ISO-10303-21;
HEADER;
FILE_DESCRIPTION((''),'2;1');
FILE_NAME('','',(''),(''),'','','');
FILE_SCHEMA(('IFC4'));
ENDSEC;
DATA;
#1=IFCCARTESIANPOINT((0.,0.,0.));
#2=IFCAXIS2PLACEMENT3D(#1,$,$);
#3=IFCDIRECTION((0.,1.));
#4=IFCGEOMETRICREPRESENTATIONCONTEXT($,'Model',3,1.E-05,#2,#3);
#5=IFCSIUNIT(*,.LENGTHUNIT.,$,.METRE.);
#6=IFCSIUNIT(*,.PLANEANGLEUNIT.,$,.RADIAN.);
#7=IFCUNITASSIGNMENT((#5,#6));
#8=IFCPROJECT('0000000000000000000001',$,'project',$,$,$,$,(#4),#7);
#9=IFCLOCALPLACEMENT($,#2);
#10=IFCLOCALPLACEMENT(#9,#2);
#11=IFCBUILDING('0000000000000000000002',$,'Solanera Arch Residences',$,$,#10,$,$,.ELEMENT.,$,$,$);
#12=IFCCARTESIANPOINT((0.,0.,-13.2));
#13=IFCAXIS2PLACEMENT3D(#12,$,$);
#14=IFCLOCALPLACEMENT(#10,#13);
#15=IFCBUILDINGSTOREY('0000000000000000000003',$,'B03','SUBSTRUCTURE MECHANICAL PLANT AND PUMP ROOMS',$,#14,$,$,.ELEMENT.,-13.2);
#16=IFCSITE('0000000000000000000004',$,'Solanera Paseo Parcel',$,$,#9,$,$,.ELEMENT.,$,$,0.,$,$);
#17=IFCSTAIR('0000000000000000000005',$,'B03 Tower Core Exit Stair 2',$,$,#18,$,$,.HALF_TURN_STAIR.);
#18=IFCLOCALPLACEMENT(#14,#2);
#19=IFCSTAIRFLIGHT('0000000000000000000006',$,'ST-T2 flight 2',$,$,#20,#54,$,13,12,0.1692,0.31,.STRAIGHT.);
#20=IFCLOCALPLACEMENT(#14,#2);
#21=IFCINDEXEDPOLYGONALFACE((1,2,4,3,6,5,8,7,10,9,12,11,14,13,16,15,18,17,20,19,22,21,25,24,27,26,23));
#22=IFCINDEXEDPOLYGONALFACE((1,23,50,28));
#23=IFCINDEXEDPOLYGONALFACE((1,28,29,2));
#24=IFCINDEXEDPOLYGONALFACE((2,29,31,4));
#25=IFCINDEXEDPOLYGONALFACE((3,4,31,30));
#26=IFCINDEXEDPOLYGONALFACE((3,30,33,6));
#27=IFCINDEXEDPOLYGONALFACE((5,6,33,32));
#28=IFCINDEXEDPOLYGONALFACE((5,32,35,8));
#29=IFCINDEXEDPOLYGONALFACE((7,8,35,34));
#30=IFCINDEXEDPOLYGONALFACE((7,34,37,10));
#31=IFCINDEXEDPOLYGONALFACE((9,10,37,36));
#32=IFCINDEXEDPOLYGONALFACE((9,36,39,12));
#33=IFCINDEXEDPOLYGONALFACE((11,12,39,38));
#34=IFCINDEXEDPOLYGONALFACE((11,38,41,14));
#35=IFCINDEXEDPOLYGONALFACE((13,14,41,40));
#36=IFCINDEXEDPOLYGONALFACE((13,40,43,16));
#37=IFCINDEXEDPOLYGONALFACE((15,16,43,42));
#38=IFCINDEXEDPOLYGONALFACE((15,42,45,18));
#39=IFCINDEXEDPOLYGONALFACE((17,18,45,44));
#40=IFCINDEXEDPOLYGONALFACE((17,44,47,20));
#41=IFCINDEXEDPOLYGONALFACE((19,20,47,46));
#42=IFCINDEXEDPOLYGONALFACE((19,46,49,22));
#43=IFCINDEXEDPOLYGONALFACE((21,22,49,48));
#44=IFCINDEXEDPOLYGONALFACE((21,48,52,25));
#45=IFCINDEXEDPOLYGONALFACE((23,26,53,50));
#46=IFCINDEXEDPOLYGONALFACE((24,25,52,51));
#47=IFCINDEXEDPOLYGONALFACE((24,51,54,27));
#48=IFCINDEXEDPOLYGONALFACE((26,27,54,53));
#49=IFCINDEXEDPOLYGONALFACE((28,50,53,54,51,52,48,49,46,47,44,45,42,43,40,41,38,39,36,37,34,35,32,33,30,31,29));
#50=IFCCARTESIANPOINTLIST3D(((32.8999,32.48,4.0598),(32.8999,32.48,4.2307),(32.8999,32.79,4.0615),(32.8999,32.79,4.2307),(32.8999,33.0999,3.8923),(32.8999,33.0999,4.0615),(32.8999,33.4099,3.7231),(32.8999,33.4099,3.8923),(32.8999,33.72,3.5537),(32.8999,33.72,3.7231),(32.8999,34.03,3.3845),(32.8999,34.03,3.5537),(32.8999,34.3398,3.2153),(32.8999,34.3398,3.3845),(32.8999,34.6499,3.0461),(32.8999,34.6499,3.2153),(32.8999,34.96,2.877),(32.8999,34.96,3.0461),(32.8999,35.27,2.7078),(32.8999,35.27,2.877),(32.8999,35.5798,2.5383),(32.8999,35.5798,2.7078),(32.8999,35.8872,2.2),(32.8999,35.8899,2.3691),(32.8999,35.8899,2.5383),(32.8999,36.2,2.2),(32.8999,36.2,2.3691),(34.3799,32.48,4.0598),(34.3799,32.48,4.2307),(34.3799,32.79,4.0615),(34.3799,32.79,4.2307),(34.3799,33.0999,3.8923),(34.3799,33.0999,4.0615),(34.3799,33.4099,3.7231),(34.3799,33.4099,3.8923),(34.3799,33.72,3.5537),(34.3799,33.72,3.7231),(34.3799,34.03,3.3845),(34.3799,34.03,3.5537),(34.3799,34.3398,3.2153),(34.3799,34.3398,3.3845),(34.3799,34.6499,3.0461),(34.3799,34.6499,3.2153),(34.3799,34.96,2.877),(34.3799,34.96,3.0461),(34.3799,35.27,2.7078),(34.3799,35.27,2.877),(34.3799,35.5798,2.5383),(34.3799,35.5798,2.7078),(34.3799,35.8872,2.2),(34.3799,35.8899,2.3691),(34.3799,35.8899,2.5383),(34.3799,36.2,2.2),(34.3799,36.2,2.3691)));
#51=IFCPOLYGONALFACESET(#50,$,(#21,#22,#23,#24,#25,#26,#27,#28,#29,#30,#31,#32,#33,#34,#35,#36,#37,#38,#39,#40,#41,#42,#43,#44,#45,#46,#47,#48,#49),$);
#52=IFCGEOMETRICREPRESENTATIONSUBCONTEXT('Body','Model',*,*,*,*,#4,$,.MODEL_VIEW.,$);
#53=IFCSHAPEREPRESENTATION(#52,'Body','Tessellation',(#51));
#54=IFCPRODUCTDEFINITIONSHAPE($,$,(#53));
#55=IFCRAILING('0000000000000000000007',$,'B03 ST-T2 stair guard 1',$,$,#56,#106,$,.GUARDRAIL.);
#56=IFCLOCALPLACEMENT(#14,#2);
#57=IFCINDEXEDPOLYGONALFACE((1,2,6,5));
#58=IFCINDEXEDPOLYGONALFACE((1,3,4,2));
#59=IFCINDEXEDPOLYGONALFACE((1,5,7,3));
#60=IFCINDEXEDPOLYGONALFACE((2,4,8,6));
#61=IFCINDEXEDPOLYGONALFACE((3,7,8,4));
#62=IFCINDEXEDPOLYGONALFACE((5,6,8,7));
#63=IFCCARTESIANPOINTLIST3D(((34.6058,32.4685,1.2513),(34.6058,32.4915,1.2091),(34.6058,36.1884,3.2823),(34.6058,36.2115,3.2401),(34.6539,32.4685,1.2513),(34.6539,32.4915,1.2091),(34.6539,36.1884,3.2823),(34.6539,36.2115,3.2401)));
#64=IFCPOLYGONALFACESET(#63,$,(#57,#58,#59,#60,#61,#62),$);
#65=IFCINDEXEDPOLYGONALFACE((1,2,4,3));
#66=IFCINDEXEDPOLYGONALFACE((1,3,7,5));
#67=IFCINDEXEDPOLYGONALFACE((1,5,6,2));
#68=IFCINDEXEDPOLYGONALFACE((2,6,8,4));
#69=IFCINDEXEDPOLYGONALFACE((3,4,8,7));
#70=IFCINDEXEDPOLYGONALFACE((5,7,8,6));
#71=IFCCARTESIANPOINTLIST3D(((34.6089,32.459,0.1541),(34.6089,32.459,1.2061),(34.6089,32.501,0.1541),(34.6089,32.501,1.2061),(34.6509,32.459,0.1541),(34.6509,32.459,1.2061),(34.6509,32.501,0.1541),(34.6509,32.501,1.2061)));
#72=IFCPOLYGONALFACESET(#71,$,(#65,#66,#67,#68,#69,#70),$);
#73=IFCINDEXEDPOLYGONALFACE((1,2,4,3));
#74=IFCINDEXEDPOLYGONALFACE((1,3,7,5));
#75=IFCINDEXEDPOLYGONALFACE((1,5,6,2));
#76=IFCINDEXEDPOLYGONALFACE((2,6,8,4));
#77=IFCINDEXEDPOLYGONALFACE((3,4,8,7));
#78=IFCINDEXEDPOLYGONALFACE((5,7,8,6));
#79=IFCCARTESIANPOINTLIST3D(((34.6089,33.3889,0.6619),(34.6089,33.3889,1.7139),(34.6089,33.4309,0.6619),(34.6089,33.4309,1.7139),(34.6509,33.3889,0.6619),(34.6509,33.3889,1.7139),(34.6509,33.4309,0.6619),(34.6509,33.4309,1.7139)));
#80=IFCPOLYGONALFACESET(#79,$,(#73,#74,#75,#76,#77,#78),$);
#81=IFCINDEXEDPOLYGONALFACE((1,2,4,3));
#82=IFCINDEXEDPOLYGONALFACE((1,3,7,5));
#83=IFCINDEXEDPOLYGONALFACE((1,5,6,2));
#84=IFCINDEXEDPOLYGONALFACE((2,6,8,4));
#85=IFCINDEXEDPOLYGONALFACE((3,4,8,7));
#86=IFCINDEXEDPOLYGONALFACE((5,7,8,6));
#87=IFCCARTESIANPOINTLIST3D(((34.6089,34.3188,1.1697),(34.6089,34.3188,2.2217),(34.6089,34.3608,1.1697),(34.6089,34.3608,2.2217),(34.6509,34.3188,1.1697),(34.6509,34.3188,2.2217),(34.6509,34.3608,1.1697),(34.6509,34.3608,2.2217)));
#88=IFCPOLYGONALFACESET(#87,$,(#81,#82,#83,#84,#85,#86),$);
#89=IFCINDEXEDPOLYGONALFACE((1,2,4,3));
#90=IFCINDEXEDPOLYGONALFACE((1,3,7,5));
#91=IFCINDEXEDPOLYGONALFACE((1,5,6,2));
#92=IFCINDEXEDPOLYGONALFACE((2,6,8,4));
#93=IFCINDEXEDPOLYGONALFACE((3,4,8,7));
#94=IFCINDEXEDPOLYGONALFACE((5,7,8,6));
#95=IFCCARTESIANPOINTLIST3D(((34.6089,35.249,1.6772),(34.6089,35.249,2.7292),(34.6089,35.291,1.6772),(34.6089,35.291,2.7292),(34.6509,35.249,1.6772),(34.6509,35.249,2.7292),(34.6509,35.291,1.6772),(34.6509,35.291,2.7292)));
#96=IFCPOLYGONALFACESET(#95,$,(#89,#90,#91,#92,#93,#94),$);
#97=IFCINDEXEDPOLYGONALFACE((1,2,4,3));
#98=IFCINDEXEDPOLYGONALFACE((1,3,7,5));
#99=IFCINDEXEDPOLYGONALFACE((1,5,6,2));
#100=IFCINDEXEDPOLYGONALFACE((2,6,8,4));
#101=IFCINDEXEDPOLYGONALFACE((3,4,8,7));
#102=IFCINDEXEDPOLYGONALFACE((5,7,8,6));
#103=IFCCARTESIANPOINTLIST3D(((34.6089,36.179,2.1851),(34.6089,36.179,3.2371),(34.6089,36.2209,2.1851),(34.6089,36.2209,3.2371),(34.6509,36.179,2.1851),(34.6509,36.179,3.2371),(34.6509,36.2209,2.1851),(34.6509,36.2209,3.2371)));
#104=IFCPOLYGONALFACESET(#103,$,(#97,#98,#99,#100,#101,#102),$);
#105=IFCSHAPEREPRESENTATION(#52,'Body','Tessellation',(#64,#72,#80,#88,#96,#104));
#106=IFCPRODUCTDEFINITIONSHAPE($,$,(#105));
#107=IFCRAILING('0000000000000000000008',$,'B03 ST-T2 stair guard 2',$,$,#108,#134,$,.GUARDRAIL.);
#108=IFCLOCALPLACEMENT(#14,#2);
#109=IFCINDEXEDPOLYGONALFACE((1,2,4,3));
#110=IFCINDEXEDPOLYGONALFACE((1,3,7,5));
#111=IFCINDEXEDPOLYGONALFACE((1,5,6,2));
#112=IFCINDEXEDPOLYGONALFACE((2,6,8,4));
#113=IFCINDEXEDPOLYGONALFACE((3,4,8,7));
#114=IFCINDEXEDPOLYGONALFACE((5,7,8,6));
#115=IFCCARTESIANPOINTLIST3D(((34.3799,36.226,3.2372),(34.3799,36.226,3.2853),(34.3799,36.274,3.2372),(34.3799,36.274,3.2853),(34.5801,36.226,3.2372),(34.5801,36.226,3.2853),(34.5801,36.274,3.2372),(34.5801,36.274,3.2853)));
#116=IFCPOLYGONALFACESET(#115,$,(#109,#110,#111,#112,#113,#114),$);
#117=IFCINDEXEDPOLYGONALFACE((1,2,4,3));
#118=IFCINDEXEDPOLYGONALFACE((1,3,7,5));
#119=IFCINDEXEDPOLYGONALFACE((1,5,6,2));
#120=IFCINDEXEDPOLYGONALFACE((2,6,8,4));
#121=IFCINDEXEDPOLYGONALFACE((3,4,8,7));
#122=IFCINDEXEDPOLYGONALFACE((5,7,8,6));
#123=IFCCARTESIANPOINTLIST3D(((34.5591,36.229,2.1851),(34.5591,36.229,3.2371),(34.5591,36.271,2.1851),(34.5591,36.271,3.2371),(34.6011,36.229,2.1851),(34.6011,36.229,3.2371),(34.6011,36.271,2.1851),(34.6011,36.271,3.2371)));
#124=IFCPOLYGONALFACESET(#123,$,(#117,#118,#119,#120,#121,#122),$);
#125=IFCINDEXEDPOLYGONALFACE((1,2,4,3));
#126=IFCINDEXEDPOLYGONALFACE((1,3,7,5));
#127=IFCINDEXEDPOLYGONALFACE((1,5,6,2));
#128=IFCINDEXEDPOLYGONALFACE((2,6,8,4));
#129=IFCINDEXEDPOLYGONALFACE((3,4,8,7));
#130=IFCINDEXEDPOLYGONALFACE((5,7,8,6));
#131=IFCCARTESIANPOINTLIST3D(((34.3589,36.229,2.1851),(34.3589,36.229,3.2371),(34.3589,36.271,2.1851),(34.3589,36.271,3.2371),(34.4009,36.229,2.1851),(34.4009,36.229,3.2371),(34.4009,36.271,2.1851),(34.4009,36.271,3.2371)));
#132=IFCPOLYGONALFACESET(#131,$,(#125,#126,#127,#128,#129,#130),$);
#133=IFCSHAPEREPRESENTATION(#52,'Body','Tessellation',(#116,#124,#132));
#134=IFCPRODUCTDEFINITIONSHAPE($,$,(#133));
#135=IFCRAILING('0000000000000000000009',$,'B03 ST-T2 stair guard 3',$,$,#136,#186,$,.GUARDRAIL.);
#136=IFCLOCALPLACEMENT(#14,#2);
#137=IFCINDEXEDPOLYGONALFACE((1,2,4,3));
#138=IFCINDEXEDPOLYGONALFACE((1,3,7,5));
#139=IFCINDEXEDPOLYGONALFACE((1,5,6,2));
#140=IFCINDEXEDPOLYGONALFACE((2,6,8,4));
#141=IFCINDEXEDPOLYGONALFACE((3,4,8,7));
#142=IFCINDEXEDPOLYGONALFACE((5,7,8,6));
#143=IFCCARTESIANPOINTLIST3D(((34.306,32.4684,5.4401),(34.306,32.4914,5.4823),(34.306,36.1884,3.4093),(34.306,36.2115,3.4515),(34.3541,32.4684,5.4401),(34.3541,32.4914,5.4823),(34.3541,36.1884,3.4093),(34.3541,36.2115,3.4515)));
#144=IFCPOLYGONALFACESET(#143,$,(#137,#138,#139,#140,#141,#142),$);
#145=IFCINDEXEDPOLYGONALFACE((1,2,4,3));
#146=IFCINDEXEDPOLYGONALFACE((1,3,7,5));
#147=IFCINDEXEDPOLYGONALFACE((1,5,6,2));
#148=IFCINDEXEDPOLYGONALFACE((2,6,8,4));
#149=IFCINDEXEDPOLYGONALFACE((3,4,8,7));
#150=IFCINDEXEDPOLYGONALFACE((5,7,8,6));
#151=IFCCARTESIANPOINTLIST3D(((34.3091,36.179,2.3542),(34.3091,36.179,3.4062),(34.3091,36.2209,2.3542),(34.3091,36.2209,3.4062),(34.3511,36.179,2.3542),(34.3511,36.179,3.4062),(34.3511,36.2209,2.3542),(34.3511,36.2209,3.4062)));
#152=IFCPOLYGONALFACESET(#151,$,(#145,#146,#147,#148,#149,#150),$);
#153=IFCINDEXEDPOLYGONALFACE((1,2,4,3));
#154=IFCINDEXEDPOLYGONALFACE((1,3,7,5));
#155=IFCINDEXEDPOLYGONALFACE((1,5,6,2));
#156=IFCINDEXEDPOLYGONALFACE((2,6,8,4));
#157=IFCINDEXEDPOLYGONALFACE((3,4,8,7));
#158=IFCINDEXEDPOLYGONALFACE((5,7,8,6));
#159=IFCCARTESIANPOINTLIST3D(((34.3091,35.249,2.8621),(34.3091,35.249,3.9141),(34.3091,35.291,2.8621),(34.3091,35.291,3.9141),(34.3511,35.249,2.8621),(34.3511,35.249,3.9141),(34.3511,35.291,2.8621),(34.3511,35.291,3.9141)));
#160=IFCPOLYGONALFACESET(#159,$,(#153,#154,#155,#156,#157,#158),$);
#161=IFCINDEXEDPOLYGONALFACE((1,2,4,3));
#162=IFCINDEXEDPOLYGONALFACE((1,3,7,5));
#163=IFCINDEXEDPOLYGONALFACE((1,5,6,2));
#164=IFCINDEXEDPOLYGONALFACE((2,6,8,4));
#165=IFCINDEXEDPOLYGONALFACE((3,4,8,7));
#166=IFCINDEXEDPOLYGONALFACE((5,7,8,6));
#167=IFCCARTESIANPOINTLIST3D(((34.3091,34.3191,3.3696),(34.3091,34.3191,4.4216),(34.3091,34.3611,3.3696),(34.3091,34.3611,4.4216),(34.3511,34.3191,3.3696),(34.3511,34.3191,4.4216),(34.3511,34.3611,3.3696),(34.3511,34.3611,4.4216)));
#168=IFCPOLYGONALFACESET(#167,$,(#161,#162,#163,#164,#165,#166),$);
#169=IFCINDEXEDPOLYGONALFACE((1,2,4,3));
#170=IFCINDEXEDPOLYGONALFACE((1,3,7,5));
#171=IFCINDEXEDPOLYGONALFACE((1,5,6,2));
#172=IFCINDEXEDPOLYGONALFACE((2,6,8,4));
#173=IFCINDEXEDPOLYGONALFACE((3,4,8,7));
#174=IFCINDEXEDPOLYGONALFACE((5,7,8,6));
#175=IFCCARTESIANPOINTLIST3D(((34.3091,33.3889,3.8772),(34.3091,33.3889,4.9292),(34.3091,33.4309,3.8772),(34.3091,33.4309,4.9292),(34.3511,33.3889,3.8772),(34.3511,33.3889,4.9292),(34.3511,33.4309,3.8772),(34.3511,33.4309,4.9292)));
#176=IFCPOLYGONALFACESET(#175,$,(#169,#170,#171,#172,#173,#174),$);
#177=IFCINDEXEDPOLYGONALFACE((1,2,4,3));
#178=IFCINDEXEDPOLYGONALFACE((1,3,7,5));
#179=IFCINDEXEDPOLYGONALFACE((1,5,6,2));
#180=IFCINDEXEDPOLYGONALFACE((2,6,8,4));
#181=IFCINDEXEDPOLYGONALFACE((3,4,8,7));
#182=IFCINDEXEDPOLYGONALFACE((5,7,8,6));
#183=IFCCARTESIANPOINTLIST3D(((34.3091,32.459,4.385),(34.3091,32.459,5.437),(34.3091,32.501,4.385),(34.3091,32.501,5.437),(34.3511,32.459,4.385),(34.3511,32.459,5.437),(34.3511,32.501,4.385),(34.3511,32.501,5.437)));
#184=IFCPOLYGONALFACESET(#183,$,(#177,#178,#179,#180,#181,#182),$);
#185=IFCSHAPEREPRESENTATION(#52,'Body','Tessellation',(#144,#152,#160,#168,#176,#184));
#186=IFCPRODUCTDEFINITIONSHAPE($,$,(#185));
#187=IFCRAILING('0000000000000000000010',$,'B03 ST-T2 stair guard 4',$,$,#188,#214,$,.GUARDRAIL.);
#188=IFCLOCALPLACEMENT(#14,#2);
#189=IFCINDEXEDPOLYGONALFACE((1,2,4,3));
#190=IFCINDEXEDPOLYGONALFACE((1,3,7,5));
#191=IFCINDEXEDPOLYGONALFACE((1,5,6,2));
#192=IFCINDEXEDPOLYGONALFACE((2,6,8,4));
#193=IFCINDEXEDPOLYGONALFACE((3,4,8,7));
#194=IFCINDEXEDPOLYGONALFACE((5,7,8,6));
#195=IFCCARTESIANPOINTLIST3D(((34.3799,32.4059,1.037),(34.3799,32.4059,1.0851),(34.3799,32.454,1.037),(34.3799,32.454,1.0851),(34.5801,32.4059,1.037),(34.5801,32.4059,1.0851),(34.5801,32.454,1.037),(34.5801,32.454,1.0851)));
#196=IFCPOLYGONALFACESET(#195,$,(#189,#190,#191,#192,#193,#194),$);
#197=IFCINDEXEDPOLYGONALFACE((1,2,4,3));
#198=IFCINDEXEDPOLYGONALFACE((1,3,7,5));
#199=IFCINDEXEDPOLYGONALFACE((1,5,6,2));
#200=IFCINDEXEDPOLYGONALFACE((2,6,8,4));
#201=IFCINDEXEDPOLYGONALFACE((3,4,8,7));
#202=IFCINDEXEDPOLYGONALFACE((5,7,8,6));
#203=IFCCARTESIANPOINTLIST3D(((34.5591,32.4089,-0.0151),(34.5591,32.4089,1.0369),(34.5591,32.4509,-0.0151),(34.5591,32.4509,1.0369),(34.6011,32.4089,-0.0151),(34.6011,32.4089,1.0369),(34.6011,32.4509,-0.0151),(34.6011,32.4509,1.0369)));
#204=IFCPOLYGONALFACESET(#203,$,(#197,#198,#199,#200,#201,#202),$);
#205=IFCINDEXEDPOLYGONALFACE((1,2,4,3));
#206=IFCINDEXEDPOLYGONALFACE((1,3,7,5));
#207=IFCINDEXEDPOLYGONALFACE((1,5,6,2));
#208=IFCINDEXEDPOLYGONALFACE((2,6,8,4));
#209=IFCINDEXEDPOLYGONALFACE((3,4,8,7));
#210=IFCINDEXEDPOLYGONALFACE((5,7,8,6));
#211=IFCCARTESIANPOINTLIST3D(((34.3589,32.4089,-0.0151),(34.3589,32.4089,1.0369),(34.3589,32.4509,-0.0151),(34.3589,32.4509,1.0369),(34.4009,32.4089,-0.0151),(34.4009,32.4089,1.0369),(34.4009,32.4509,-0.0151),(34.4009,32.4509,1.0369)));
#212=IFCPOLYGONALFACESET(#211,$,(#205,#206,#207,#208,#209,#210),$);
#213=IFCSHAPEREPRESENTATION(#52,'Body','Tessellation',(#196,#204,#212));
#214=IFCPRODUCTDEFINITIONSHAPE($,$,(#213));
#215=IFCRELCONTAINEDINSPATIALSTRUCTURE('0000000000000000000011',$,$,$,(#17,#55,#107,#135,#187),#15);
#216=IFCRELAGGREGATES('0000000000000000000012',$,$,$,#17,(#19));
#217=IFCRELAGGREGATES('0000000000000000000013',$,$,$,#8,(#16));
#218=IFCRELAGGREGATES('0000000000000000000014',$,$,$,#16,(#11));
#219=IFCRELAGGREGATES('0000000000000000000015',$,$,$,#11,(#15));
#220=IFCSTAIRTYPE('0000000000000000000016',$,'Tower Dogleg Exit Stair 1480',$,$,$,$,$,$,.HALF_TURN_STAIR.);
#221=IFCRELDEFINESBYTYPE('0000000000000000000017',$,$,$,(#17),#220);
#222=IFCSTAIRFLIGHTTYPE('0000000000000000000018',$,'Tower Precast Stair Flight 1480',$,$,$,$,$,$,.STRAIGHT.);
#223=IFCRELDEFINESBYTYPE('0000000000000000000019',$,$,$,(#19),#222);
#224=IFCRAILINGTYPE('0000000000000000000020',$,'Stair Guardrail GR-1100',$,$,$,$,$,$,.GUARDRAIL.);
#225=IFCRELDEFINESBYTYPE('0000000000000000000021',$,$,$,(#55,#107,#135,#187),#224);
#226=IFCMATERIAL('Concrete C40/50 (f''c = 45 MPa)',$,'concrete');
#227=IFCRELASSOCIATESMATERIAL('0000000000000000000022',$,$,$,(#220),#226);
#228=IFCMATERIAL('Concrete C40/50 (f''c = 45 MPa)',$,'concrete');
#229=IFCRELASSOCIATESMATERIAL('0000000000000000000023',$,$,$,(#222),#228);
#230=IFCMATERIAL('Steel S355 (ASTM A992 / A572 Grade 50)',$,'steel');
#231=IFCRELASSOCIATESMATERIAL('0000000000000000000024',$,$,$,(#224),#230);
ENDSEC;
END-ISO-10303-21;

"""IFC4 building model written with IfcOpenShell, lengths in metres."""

from ifc_helpers import new_model, si_unit, direction, frame, origin, origin_2d, place, context, subcontext, project, spatial, polyline, rectangle, outline, extrude, material, type_object, element, aggregate, save


model = new_model("IFC4")

# Units and contexts
model_context = context("Model", 3, precision=1e-05, world=origin(), true_north=direction((0.0, 1.0)))
body_context = subcontext(model_context, "Body", "Model", "MODEL_VIEW")
ifc_project = project(units=[si_unit("LENGTHUNIT", "METRE"), si_unit("PLANEANGLEUNIT", "RADIAN")], contexts=[model_context])

# Site, building, storey
site_placement = place(None, origin())
site = spatial("IfcSite", under=ifc_project, at=site_placement, Name="Solanera Paseo Parcel", CompositionType="ELEMENT", RefElevation=0.0)
building_placement = place(site_placement, origin())
building = spatial("IfcBuilding", under=site, at=building_placement, Name="Solanera Arch Residences", CompositionType="ELEMENT")
storey_placement = place(building_placement, frame((0.0, 0.0, -13.2)))
storey = spatial("IfcBuildingStorey", under=building, at=storey_placement, Name="B03", Description="SUBSTRUCTURE MECHANICAL PLANT AND PUMP ROOMS", CompositionType="ELEMENT", Elevation=-13.2)

# Stair, stair flight
ifc_material_1 = material(Name="Concrete C40/50 (f'c = 45 MPa)", Category="concrete")
stair_type = type_object("IfcStairType", Name="Tower Dogleg Exit Stair 1480", PredefinedType="HALF_TURN_STAIR", material=ifc_material_1)
stair_placement = place(storey_placement, origin())
stair = element("IfcStair", 1, at=stair_placement, inside=storey, type_object=stair_type, Name="B03 Tower Core Exit Stair 2", PredefinedType="HALF_TURN_STAIR")
ifc_material_2 = material(Name="Concrete C40/50 (f'c = 45 MPa)", Category="concrete")
stair_flight_type = type_object("IfcStairFlightType", Name="Tower Precast Stair Flight 1480", PredefinedType="STRAIGHT", material=ifc_material_2)
stair_flight_1_placement = place(storey_placement, frame((33.6399, 36.2, 2.2), z_axis=(0.0, 0.0, 1.0), x_axis=(0.0, -1.0, 0.0)))
stair_flight_1 = element("IfcStairFlight", 2, at=stair_flight_1_placement, type_object=stair_flight_type, Name="ST-T2 flight 2", NumberOfRisers=13, NumberOfTreads=12, PredefinedType="STRAIGHT", RiserHeight=0.1692, TreadLength=0.31, context=body_context, shape_type="SweptSolid", body=[
    extrude(outline(polyline([(0.0, 0.0), (0.0, 0.1692), (0.3101, 0.1692), (0.3101, 0.3384), (0.6201, 0.3384), (0.6201, 0.5078), (0.9299, 0.5078), (0.9299, 0.677), (1.24, 0.677), (1.24, 0.8462), (1.55, 0.8462), (1.55, 1.0154), (1.8601, 1.0154), (1.8601, 1.1846), (2.1699, 1.1846), (2.1699, 1.3538), (2.48, 1.3538), (2.48, 1.5232), (2.79, 1.5232), (2.79, 1.6924), (3.1001, 1.6924), (3.1001, 1.8616), (3.4099, 1.8616), (3.4099, 2.0308), (3.72, 2.0308), (3.72, 2.2), (3.72, 1.8599), (0.3127, 0.0), (0.0, 0.0)])), frame((0.0, 0.74, 0.0), z_axis=(0.0, -1.0, 0.0), x_axis=(1.0, 0.0, 0.0)), (0.0, 0.0, 1.0), 1.48),
])
aggregate(stair, [stair_flight_1])

# Railings
ifc_material_3 = material(Name="Steel S355 (ASTM A992 / A572 Grade 50)", Category="steel")
railing_type_1 = type_object("IfcRailingType", Name="Stair Guardrail GR-1100", PredefinedType="GUARDRAIL", material=ifc_material_3)
railing_1_placement = place(storey_placement, frame((34.6299, 32.48, 0.1541)))
element("IfcRailing", 3, at=railing_1_placement, inside=storey, type_object=railing_type_1, Name="B03 ST-T2 stair guard 1", PredefinedType="GUARDRAIL", context=body_context, shape_type="SweptSolid", body=[
    extrude(rectangle(XDim=0.0481, YDim=0.0481, at=origin_2d()), frame((0.0, 0.0, 1.0762), z_axis=(0.0, 0.877704, 0.479203), x_axis=(-1.0, 0.0, 0.0)), (0.0, 0.0, 1.0), 4.2383),
    extrude(rectangle(XDim=0.042, YDim=0.042, at=origin_2d()), origin(), (0.0, 0.0, 1.0), 1.052),
    extrude(rectangle(XDim=0.042, YDim=0.042, at=origin_2d()), frame((0.0, 0.9299, 0.5078)), (0.0, 0.0, 1.0), 1.052),
    extrude(rectangle(XDim=0.042, YDim=0.042, at=origin_2d()), frame((0.0, 1.8599, 1.0156)), (0.0, 0.0, 1.0), 1.052),
    extrude(rectangle(XDim=0.042, YDim=0.042, at=origin_2d()), frame((0.0, 2.79, 1.5232)), (0.0, 0.0, 1.0), 1.052),
    extrude(rectangle(XDim=0.042, YDim=0.042, at=origin_2d()), frame((0.0, 3.72, 2.031)), (0.0, 0.0, 1.0), 1.052),
])
railing_2_placement = place(storey_placement, frame((34.5801, 36.25, 2.1851)))
element("IfcRailing", 4, at=railing_2_placement, inside=storey, type_object=railing_type_1, Name="B03 ST-T2 stair guard 2", PredefinedType="GUARDRAIL", context=body_context, shape_type="SweptSolid", body=[
    extrude(rectangle(XDim=0.0481, YDim=0.0481, at=origin_2d()), frame((0.0, 0.0, 1.0762), z_axis=(-1.0, 0.0, 0.0), x_axis=(0.0, -1.0, 0.0)), (0.0, 0.0, 1.0), 0.2002),
    extrude(rectangle(XDim=0.042, YDim=0.042, at=origin_2d()), origin(), (0.0, 0.0, 1.0), 1.052),
    extrude(rectangle(XDim=0.042, YDim=0.042, at=origin_2d()), frame((-0.2002, 0.0, 0.0)), (0.0, 0.0, 1.0), 1.052),
])
railing_3_placement = place(storey_placement, frame((34.3301, 36.2, 2.3542)))
element("IfcRailing", 5, at=railing_3_placement, inside=storey, type_object=railing_type_1, Name="B03 ST-T2 stair guard 3", PredefinedType="GUARDRAIL", context=body_context, shape_type="SweptSolid", body=[
    extrude(rectangle(XDim=0.0481, YDim=0.0481, at=origin_2d()), frame((0.0, 0.0, 1.0762), z_axis=(0.0, -0.877728, 0.479159), x_axis=(1.0, 0.0, 0.0)), (0.0, 0.0, 1.0), 4.2383),
    extrude(rectangle(XDim=0.042, YDim=0.042, at=origin_2d()), origin(), (0.0, 0.0, 1.0), 1.052),
    extrude(rectangle(XDim=0.042, YDim=0.042, at=origin_2d()), frame((0.0, -0.9299, 0.5078)), (0.0, 0.0, 1.0), 1.052),
    extrude(rectangle(XDim=0.042, YDim=0.042, at=origin_2d()), frame((0.0, -1.8599, 1.0154)), (0.0, 0.0, 1.0), 1.052),
    extrude(rectangle(XDim=0.042, YDim=0.042, at=origin_2d()), frame((0.0, -2.79, 1.5229)), (0.0, 0.0, 1.0), 1.052),
    extrude(rectangle(XDim=0.042, YDim=0.042, at=origin_2d()), frame((0.0, -3.72, 2.0308)), (0.0, 0.0, 1.0), 1.052),
])
railing_4_placement = place(storey_placement, frame((34.5801, 32.4299, -0.0151)))
element("IfcRailing", 6, at=railing_4_placement, inside=storey, type_object=railing_type_1, Name="B03 ST-T2 stair guard 4", PredefinedType="GUARDRAIL", context=body_context, shape_type="SweptSolid", body=[
    extrude(rectangle(XDim=0.0481, YDim=0.0481, at=origin_2d()), frame((0.0, 0.0, 1.0762), z_axis=(-1.0, 0.0, 0.0), x_axis=(0.0, -1.0, 0.0)), (0.0, 0.0, 1.0), 0.2002),
    extrude(rectangle(XDim=0.042, YDim=0.042, at=origin_2d()), origin(), (0.0, 0.0, 1.0), 1.052),
    extrude(rectangle(XDim=0.042, YDim=0.042, at=origin_2d()), frame((-0.2002, 0.0, 0.0)), (0.0, 0.0, 1.0), 1.052),
])

save(model, "model.ifc")
